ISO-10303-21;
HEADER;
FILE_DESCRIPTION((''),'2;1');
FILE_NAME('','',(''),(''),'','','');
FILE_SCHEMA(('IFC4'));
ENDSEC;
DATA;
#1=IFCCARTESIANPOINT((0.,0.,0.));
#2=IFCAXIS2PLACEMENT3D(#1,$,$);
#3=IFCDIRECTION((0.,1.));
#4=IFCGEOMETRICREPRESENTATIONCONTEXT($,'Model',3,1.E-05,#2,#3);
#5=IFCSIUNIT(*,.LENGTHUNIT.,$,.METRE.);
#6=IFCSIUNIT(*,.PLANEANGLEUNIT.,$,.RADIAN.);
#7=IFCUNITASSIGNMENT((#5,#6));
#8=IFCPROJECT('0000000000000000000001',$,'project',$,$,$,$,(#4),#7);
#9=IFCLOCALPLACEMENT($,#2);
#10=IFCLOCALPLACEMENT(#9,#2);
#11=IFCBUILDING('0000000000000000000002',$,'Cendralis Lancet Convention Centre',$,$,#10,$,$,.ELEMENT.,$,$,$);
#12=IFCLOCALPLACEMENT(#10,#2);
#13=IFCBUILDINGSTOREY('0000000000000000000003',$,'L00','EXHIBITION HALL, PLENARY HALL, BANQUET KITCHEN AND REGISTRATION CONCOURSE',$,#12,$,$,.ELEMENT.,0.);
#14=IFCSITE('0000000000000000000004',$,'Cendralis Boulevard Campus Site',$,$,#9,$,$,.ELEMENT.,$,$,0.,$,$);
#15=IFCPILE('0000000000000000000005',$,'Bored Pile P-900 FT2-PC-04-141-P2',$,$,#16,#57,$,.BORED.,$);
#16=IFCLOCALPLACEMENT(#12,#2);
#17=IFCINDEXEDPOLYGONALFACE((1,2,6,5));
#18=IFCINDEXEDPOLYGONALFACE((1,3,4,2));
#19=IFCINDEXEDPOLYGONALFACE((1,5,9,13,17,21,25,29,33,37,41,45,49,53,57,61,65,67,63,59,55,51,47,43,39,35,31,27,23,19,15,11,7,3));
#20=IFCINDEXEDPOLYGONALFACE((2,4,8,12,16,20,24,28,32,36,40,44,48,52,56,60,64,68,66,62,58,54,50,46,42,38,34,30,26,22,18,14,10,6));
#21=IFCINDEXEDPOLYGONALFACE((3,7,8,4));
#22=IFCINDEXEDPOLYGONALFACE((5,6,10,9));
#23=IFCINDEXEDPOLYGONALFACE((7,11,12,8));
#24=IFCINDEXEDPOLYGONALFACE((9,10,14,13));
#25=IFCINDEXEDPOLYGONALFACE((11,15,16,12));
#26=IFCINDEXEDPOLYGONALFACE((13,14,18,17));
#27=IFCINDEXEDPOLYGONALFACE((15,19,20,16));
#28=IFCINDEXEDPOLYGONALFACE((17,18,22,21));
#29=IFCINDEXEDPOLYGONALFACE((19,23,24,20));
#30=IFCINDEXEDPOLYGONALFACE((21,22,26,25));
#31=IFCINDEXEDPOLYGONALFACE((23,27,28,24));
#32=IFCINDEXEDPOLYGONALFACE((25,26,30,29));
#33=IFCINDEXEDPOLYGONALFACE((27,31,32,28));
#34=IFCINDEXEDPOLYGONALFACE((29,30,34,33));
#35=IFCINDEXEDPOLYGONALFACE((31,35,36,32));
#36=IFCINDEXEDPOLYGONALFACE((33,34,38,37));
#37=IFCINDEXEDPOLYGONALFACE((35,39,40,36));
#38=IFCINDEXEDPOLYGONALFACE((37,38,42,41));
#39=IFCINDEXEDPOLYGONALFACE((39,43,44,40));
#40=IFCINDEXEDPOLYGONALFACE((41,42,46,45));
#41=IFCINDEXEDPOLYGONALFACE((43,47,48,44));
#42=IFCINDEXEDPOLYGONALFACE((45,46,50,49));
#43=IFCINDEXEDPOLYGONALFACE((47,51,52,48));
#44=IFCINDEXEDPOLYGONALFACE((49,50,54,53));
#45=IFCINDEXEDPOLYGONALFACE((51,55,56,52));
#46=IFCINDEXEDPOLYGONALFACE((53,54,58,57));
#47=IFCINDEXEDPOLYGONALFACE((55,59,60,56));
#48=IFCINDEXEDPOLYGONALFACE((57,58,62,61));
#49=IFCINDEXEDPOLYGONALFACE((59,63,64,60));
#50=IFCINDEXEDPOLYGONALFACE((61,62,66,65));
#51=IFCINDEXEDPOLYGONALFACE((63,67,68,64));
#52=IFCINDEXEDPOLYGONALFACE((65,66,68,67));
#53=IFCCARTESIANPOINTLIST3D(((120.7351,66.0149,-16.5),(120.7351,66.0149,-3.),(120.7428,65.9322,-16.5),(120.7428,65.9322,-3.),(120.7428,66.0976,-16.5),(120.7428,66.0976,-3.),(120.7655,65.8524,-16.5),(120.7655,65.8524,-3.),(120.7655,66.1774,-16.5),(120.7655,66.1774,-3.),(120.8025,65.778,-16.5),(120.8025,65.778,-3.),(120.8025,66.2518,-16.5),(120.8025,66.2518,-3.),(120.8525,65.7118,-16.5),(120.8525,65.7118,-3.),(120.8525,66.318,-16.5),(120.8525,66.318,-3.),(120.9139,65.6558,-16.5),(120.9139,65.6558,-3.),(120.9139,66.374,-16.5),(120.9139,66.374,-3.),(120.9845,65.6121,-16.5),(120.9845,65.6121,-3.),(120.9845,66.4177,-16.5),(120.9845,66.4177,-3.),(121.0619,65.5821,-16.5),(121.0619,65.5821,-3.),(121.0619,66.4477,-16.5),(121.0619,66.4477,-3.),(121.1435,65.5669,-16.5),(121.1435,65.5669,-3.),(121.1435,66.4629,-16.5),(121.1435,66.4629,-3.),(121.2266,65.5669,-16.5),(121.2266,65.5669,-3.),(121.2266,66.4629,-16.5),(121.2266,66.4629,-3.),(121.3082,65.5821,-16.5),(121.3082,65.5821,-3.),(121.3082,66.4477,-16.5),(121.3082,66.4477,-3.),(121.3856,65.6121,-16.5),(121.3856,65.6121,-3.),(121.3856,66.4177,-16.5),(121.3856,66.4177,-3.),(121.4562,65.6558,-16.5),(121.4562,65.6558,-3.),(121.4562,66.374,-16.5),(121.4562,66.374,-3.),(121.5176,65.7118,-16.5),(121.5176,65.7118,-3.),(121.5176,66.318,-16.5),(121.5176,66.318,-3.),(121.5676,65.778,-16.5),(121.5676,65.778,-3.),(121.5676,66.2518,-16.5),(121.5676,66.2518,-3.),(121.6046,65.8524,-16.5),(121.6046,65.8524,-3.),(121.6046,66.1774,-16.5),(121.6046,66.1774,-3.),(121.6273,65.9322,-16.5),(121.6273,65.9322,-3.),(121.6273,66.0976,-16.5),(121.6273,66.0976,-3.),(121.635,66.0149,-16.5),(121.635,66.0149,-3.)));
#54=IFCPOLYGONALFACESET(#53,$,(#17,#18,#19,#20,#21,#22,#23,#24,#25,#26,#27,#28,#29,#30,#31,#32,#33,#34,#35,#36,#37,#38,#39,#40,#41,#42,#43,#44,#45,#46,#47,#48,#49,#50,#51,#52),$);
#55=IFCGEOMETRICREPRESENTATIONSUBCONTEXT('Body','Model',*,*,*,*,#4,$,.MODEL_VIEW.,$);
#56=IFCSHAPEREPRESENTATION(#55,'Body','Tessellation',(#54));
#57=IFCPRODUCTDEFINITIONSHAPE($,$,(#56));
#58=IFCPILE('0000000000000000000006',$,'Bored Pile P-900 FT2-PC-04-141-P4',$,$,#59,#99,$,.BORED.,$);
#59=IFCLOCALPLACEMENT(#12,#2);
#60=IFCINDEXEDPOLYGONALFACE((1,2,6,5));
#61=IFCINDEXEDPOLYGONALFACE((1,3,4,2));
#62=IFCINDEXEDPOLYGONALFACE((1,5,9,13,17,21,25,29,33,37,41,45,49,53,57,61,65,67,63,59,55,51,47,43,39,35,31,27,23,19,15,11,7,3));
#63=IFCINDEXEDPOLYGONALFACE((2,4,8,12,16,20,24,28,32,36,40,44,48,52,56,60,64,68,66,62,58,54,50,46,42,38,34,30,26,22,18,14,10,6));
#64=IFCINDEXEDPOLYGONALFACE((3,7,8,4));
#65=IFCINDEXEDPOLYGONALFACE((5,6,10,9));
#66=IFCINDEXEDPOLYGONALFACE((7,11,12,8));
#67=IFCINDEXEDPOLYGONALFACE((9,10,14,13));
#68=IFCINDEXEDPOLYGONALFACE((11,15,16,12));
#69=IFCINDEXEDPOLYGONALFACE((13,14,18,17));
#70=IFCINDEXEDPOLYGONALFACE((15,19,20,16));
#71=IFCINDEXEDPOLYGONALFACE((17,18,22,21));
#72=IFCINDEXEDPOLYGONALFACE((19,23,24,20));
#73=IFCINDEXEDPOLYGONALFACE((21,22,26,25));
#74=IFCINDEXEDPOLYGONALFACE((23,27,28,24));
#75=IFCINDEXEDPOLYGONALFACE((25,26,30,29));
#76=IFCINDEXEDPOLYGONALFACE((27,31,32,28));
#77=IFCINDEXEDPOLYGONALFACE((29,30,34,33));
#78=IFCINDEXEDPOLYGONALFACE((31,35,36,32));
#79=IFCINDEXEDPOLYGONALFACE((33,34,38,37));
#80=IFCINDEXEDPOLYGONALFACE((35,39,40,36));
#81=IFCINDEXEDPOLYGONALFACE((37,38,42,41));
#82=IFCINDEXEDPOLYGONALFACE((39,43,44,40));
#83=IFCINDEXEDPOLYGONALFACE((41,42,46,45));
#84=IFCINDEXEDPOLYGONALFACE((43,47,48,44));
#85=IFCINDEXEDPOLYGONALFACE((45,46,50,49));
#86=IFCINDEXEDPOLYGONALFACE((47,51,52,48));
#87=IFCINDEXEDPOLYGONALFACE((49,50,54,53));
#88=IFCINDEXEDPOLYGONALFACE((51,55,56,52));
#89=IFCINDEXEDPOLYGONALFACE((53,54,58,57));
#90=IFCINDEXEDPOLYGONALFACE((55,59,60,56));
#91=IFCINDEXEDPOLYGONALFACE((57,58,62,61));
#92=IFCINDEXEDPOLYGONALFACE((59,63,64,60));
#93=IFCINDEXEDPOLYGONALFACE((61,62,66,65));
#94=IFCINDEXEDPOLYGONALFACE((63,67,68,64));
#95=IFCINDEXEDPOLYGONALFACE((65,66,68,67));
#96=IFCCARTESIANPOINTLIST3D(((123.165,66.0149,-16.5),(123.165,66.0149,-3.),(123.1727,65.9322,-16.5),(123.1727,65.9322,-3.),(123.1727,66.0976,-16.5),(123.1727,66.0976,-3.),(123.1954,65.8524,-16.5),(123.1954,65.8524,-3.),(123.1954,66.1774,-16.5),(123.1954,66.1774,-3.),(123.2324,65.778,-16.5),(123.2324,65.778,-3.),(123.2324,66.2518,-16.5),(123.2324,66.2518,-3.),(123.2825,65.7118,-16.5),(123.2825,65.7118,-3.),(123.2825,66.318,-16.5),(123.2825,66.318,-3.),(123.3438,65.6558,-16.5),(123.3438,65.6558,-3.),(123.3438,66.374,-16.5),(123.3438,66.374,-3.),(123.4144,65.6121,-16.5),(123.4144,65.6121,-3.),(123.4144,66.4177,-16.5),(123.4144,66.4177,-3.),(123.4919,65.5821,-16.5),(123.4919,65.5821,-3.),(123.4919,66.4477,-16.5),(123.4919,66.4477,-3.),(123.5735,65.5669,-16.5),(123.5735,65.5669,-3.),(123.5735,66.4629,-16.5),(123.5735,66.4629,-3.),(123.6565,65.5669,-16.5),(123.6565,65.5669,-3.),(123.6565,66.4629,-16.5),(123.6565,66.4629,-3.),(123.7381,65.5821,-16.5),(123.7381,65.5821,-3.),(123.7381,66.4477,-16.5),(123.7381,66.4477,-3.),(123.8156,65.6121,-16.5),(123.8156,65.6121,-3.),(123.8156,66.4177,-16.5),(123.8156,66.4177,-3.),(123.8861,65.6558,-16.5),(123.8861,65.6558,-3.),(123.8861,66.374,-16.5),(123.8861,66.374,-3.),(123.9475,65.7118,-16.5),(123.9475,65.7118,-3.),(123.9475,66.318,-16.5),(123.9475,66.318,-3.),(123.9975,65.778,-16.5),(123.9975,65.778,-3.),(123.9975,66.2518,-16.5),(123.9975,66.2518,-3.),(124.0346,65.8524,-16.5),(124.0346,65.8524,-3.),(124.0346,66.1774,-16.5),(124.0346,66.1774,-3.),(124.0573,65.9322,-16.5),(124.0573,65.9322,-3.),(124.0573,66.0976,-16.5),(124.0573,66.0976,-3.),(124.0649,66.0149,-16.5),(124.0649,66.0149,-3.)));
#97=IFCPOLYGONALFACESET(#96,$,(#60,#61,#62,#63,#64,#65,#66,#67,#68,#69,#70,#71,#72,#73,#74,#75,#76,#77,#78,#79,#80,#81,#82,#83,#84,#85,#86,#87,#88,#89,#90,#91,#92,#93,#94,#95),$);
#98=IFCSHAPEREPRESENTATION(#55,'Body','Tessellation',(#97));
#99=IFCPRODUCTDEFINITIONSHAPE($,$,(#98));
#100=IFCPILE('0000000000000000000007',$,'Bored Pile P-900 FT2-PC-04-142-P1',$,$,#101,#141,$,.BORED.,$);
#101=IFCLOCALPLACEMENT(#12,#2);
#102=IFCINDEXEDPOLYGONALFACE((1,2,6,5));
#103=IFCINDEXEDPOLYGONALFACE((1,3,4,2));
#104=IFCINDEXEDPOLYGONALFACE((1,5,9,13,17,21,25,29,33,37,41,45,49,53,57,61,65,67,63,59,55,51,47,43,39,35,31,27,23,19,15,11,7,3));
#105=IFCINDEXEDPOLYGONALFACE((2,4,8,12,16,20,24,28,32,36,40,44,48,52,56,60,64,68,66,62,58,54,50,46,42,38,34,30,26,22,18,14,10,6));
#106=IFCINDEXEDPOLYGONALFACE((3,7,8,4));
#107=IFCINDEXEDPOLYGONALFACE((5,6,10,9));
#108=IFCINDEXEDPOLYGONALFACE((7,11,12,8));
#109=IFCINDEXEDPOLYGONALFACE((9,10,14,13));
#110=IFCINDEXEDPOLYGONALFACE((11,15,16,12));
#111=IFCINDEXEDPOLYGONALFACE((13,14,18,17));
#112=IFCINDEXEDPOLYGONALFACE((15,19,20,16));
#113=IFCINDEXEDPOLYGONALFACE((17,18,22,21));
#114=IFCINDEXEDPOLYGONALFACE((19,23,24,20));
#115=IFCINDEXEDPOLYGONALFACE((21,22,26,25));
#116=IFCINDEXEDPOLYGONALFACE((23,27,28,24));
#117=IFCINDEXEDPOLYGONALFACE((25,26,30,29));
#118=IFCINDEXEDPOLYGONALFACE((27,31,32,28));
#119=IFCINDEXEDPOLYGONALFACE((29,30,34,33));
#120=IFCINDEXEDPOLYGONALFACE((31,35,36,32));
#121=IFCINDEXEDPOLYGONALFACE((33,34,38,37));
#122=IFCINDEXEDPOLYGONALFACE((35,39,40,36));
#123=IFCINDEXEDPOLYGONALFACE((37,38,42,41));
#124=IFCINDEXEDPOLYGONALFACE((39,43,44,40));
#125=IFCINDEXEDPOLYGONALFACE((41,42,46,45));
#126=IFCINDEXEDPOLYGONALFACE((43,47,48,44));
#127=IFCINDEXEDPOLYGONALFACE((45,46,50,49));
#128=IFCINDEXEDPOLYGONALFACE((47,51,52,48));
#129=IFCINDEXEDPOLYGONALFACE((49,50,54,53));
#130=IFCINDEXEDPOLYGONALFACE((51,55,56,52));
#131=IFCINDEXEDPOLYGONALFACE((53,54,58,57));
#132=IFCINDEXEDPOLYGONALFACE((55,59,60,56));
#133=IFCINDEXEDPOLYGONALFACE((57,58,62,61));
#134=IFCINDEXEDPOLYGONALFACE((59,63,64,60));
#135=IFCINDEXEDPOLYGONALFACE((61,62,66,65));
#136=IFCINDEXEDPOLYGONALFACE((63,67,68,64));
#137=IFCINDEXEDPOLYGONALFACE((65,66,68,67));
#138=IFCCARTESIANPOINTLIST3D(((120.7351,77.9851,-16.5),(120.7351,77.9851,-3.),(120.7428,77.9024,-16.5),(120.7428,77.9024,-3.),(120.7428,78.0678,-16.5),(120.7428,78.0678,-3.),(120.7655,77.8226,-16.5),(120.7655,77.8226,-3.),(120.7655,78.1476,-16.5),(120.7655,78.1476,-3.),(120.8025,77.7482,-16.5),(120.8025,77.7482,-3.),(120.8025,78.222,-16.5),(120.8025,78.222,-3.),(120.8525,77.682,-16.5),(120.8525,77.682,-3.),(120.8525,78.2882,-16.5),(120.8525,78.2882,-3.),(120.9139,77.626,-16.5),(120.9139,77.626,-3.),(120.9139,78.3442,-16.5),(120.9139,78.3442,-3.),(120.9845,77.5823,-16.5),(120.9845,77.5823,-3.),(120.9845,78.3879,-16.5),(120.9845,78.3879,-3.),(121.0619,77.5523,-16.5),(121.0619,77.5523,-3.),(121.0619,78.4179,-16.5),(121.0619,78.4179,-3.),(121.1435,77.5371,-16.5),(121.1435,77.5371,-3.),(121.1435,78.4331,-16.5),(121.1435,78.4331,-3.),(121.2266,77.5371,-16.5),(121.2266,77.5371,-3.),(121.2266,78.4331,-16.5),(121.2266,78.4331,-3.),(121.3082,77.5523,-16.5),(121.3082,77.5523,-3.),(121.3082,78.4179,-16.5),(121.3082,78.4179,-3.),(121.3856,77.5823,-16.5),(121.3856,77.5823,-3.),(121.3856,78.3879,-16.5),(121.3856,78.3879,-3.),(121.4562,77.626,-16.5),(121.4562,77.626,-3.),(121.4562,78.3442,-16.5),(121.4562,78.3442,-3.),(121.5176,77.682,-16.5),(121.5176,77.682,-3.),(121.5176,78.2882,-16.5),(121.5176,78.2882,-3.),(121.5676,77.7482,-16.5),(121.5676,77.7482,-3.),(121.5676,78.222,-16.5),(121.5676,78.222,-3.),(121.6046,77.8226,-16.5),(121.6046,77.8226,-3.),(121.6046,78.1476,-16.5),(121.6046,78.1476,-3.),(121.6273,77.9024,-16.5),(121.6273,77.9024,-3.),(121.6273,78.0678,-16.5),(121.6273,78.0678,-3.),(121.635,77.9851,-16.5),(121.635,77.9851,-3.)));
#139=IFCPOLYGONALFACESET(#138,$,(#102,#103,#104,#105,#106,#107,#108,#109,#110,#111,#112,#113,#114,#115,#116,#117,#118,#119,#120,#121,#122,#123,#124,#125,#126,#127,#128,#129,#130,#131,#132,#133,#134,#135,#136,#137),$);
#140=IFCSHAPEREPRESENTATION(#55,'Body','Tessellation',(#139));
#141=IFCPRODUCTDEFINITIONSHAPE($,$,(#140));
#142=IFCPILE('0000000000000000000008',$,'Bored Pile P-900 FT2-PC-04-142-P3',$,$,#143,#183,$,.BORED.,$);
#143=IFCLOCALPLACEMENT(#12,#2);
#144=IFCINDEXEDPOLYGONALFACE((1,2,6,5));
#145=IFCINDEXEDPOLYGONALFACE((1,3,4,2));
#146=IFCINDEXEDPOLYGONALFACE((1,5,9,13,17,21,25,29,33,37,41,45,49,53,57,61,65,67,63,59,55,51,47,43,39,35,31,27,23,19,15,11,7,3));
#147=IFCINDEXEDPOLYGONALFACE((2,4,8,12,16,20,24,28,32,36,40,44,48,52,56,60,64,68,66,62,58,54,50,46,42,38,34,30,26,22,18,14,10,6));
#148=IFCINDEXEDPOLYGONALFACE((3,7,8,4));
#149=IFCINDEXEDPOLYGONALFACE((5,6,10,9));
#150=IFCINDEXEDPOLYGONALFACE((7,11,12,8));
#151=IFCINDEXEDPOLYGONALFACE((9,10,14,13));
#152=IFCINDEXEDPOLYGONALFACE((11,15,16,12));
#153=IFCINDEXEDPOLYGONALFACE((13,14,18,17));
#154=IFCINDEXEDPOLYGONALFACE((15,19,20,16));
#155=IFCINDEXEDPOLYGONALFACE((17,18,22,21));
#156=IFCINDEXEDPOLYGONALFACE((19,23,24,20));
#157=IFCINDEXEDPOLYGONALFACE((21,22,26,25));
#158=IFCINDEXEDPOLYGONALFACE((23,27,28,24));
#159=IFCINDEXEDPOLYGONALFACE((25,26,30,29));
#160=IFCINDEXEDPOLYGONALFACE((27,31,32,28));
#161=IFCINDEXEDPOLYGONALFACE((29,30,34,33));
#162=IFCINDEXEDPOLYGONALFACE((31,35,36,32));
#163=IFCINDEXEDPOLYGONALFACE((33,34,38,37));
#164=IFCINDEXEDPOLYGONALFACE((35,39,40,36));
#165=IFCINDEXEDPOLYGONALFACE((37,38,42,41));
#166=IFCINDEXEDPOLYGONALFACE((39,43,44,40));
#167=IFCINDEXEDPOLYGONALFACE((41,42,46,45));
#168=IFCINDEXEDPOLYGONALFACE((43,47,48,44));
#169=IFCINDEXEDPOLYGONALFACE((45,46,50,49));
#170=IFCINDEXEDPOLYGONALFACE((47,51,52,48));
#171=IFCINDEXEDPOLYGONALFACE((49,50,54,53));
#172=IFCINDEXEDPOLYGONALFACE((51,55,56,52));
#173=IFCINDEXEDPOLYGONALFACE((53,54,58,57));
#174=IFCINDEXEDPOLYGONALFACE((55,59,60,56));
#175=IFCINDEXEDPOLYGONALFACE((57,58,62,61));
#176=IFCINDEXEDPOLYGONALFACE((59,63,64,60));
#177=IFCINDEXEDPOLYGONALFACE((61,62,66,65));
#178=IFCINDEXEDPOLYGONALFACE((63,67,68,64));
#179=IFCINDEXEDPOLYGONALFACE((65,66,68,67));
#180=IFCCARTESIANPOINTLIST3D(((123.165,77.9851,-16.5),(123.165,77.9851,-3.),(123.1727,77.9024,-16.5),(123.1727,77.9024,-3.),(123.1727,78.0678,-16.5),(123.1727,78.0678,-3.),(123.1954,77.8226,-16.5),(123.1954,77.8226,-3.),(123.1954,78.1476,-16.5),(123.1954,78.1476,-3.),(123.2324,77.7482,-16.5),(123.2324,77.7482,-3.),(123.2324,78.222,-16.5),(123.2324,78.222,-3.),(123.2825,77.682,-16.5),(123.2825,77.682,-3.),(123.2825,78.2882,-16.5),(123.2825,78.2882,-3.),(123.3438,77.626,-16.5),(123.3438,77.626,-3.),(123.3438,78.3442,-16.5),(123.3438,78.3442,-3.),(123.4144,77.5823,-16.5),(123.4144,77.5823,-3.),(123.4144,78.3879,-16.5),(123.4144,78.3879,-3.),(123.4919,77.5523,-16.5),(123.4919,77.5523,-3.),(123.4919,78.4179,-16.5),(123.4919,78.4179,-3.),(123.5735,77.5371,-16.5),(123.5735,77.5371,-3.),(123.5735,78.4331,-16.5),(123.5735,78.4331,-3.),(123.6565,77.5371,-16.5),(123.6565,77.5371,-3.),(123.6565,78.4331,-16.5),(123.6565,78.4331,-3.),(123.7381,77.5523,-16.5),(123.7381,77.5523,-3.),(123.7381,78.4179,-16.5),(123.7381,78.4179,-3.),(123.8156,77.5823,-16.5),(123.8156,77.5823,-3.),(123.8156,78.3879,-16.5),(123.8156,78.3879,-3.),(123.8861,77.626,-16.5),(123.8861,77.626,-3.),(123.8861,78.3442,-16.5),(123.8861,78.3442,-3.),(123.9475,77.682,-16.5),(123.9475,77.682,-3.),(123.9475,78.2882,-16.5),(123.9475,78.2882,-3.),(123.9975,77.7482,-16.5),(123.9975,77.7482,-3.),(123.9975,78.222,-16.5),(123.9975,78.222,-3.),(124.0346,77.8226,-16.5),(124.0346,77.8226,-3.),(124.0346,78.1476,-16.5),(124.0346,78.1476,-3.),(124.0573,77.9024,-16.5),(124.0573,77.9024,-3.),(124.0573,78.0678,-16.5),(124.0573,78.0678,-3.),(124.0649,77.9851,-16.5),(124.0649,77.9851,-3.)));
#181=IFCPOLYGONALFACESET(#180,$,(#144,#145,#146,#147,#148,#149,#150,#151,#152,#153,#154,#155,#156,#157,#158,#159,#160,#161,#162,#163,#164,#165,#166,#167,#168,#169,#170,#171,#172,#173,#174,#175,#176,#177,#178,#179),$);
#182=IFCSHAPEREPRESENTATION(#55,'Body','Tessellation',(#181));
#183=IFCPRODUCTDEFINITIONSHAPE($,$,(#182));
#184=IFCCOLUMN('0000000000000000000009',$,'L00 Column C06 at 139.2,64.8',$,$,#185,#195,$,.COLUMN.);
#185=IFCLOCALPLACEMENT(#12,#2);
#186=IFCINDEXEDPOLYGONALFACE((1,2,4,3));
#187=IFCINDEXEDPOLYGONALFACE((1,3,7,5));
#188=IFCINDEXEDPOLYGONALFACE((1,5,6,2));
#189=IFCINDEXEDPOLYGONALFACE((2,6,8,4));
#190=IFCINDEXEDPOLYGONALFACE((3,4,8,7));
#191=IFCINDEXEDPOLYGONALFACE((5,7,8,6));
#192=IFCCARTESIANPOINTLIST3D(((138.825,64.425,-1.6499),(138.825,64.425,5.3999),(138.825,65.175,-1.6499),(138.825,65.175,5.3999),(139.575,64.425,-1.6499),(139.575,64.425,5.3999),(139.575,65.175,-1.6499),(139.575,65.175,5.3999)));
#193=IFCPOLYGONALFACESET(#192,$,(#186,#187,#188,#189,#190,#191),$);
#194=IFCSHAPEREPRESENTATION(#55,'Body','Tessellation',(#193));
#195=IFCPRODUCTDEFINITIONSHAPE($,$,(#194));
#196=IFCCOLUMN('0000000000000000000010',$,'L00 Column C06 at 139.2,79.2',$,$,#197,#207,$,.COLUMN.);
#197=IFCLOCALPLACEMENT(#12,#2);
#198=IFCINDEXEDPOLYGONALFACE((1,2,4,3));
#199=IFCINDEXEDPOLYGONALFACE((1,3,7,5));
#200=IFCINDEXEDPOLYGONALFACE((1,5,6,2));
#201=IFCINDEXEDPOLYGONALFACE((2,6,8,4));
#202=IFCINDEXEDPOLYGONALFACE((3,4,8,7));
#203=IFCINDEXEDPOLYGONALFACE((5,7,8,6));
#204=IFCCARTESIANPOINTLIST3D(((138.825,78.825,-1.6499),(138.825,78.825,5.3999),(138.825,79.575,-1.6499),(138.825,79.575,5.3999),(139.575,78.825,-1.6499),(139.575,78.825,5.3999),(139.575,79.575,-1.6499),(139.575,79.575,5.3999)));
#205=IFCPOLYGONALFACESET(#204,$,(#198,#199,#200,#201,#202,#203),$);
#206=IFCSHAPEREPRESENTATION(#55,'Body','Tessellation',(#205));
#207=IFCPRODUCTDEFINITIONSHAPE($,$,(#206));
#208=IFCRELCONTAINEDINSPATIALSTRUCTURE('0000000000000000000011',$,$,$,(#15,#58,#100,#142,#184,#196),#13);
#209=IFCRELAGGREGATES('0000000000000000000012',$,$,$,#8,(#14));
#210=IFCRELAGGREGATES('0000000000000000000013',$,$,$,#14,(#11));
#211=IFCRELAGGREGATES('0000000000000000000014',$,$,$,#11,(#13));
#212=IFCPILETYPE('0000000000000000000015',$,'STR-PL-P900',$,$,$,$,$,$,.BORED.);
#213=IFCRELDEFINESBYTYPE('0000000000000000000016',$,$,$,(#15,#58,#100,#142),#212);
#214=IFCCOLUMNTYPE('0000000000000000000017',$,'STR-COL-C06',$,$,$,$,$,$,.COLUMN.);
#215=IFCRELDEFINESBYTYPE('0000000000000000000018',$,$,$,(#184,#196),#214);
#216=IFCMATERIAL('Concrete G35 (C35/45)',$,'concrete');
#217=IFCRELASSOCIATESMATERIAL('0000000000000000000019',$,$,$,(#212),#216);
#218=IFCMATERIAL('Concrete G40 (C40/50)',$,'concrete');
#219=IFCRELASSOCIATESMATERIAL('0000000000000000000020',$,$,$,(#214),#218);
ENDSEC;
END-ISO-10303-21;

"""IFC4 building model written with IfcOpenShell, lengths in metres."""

from ifc_helpers import new_model, si_unit, direction, frame, origin, origin_2d, place, context, subcontext, project, spatial, rectangle, circle, extrude, material, material_profile, profile_set, type_object, element, save


model = new_model("IFC4")

# Units and contexts
model_context = context("Model", 3, precision=1e-05, world=origin(), true_north=direction((0.0, 1.0)))
body_context = subcontext(model_context, "Body", "Model", "MODEL_VIEW")
ifc_project = project(units=[si_unit("LENGTHUNIT", "METRE"), si_unit("PLANEANGLEUNIT", "RADIAN")], contexts=[model_context])

# Site, building, storey
site_placement = place(None, origin())
site = spatial("IfcSite", under=ifc_project, at=site_placement, Name="Cendralis Boulevard Campus Site", CompositionType="ELEMENT", RefElevation=0.0)
building_placement = place(site_placement, origin())
building = spatial("IfcBuilding", under=site, at=building_placement, Name="Cendralis Lancet Convention Centre", CompositionType="ELEMENT")
storey_placement = place(building_placement, origin())
storey = spatial("IfcBuildingStorey", under=building, at=storey_placement, Name="L00", Description="EXHIBITION HALL, PLENARY HALL, BANQUET KITCHEN AND REGISTRATION CONCOURSE", CompositionType="ELEMENT", Elevation=0.0)

# Shared definitions
ifc_material_1 = material(Name="Concrete G35 (C35/45)", Category="concrete")

# Piles
ifc_material_profile_1 = material_profile(ifc_material_1, circle(Radius=0.45, at=origin_2d()), Name="BORED PILE D900")
ifc_profile_set_1 = profile_set([ifc_material_profile_1], Name="Concrete G35 (C35/45)")
pile_type_1 = type_object("IfcPileType", Name="STR-PL-P900", PredefinedType="BORED", material=ifc_profile_set_1)
for number, where, z_axis, x_axis, name in (
    (1, (121.1851, 66.0149, -3.0), (0.0, 0.0, -1.0), (1.0, 0.0, 0.0), "Bored Pile P-900 FT2-PC-04-141-P2"),
    (2, (123.615, 66.0149, -3.0), (0.0, 0.0, -1.0), (1.0, 0.0, 0.0), "Bored Pile P-900 FT2-PC-04-141-P4"),
    (3, (121.1851, 77.9851, -3.0), (0.0, 0.0, -1.0), (1.0, 0.0, 0.0), "Bored Pile P-900 FT2-PC-04-142-P1"),
    (4, (123.615, 77.9851, -3.0), (0.0, 0.0, -1.0), (1.0, 0.0, 0.0), "Bored Pile P-900 FT2-PC-04-142-P3"),
):
    element("IfcPile", number, at=place(storey_placement, frame(where, z_axis=z_axis, x_axis=x_axis)), inside=storey, type_object=pile_type_1, Name=name, PredefinedType="BORED", context=body_context, shape_type="SweptSolid", body=[
        extrude(circle(Radius=0.45, at=origin_2d()), origin(), (0.0, 0.0, 1.0), 13.5),
    ])

# Columns
ifc_material_2 = material(Name="Concrete G40 (C40/50)", Category="concrete")
ifc_material_profile_2 = material_profile(ifc_material_2, rectangle(XDim=0.75, YDim=0.75, at=origin_2d()), Name="RC 750x750")
ifc_profile_set_2 = profile_set([ifc_material_profile_2], Name="Concrete G40 (C40/50)")
column_type_1 = type_object("IfcColumnType", Name="STR-COL-C06", PredefinedType="COLUMN", material=ifc_profile_set_2)
for number, where, z_axis, x_axis, name in (
    (5, (139.2, 64.8, -1.6499), (0.0, 0.0, 1.0), (1.0, 0.0, 0.0), "L00 Column C06 at 139.2,64.8"),
    (6, (139.2, 79.2, -1.6499), (0.0, 0.0, 1.0), (1.0, 0.0, 0.0), "L00 Column C06 at 139.2,79.2"),
):
    element("IfcColumn", number, at=place(storey_placement, frame(where, z_axis=z_axis, x_axis=x_axis)), inside=storey, type_object=column_type_1, Name=name, PredefinedType="COLUMN", context=body_context, shape_type="SweptSolid", body=[
        extrude(rectangle(XDim=0.75, YDim=0.75, at=origin_2d()), origin(), (0.0, 0.0, 1.0), 7.0498),
    ])

save(model, "model.ifc")
